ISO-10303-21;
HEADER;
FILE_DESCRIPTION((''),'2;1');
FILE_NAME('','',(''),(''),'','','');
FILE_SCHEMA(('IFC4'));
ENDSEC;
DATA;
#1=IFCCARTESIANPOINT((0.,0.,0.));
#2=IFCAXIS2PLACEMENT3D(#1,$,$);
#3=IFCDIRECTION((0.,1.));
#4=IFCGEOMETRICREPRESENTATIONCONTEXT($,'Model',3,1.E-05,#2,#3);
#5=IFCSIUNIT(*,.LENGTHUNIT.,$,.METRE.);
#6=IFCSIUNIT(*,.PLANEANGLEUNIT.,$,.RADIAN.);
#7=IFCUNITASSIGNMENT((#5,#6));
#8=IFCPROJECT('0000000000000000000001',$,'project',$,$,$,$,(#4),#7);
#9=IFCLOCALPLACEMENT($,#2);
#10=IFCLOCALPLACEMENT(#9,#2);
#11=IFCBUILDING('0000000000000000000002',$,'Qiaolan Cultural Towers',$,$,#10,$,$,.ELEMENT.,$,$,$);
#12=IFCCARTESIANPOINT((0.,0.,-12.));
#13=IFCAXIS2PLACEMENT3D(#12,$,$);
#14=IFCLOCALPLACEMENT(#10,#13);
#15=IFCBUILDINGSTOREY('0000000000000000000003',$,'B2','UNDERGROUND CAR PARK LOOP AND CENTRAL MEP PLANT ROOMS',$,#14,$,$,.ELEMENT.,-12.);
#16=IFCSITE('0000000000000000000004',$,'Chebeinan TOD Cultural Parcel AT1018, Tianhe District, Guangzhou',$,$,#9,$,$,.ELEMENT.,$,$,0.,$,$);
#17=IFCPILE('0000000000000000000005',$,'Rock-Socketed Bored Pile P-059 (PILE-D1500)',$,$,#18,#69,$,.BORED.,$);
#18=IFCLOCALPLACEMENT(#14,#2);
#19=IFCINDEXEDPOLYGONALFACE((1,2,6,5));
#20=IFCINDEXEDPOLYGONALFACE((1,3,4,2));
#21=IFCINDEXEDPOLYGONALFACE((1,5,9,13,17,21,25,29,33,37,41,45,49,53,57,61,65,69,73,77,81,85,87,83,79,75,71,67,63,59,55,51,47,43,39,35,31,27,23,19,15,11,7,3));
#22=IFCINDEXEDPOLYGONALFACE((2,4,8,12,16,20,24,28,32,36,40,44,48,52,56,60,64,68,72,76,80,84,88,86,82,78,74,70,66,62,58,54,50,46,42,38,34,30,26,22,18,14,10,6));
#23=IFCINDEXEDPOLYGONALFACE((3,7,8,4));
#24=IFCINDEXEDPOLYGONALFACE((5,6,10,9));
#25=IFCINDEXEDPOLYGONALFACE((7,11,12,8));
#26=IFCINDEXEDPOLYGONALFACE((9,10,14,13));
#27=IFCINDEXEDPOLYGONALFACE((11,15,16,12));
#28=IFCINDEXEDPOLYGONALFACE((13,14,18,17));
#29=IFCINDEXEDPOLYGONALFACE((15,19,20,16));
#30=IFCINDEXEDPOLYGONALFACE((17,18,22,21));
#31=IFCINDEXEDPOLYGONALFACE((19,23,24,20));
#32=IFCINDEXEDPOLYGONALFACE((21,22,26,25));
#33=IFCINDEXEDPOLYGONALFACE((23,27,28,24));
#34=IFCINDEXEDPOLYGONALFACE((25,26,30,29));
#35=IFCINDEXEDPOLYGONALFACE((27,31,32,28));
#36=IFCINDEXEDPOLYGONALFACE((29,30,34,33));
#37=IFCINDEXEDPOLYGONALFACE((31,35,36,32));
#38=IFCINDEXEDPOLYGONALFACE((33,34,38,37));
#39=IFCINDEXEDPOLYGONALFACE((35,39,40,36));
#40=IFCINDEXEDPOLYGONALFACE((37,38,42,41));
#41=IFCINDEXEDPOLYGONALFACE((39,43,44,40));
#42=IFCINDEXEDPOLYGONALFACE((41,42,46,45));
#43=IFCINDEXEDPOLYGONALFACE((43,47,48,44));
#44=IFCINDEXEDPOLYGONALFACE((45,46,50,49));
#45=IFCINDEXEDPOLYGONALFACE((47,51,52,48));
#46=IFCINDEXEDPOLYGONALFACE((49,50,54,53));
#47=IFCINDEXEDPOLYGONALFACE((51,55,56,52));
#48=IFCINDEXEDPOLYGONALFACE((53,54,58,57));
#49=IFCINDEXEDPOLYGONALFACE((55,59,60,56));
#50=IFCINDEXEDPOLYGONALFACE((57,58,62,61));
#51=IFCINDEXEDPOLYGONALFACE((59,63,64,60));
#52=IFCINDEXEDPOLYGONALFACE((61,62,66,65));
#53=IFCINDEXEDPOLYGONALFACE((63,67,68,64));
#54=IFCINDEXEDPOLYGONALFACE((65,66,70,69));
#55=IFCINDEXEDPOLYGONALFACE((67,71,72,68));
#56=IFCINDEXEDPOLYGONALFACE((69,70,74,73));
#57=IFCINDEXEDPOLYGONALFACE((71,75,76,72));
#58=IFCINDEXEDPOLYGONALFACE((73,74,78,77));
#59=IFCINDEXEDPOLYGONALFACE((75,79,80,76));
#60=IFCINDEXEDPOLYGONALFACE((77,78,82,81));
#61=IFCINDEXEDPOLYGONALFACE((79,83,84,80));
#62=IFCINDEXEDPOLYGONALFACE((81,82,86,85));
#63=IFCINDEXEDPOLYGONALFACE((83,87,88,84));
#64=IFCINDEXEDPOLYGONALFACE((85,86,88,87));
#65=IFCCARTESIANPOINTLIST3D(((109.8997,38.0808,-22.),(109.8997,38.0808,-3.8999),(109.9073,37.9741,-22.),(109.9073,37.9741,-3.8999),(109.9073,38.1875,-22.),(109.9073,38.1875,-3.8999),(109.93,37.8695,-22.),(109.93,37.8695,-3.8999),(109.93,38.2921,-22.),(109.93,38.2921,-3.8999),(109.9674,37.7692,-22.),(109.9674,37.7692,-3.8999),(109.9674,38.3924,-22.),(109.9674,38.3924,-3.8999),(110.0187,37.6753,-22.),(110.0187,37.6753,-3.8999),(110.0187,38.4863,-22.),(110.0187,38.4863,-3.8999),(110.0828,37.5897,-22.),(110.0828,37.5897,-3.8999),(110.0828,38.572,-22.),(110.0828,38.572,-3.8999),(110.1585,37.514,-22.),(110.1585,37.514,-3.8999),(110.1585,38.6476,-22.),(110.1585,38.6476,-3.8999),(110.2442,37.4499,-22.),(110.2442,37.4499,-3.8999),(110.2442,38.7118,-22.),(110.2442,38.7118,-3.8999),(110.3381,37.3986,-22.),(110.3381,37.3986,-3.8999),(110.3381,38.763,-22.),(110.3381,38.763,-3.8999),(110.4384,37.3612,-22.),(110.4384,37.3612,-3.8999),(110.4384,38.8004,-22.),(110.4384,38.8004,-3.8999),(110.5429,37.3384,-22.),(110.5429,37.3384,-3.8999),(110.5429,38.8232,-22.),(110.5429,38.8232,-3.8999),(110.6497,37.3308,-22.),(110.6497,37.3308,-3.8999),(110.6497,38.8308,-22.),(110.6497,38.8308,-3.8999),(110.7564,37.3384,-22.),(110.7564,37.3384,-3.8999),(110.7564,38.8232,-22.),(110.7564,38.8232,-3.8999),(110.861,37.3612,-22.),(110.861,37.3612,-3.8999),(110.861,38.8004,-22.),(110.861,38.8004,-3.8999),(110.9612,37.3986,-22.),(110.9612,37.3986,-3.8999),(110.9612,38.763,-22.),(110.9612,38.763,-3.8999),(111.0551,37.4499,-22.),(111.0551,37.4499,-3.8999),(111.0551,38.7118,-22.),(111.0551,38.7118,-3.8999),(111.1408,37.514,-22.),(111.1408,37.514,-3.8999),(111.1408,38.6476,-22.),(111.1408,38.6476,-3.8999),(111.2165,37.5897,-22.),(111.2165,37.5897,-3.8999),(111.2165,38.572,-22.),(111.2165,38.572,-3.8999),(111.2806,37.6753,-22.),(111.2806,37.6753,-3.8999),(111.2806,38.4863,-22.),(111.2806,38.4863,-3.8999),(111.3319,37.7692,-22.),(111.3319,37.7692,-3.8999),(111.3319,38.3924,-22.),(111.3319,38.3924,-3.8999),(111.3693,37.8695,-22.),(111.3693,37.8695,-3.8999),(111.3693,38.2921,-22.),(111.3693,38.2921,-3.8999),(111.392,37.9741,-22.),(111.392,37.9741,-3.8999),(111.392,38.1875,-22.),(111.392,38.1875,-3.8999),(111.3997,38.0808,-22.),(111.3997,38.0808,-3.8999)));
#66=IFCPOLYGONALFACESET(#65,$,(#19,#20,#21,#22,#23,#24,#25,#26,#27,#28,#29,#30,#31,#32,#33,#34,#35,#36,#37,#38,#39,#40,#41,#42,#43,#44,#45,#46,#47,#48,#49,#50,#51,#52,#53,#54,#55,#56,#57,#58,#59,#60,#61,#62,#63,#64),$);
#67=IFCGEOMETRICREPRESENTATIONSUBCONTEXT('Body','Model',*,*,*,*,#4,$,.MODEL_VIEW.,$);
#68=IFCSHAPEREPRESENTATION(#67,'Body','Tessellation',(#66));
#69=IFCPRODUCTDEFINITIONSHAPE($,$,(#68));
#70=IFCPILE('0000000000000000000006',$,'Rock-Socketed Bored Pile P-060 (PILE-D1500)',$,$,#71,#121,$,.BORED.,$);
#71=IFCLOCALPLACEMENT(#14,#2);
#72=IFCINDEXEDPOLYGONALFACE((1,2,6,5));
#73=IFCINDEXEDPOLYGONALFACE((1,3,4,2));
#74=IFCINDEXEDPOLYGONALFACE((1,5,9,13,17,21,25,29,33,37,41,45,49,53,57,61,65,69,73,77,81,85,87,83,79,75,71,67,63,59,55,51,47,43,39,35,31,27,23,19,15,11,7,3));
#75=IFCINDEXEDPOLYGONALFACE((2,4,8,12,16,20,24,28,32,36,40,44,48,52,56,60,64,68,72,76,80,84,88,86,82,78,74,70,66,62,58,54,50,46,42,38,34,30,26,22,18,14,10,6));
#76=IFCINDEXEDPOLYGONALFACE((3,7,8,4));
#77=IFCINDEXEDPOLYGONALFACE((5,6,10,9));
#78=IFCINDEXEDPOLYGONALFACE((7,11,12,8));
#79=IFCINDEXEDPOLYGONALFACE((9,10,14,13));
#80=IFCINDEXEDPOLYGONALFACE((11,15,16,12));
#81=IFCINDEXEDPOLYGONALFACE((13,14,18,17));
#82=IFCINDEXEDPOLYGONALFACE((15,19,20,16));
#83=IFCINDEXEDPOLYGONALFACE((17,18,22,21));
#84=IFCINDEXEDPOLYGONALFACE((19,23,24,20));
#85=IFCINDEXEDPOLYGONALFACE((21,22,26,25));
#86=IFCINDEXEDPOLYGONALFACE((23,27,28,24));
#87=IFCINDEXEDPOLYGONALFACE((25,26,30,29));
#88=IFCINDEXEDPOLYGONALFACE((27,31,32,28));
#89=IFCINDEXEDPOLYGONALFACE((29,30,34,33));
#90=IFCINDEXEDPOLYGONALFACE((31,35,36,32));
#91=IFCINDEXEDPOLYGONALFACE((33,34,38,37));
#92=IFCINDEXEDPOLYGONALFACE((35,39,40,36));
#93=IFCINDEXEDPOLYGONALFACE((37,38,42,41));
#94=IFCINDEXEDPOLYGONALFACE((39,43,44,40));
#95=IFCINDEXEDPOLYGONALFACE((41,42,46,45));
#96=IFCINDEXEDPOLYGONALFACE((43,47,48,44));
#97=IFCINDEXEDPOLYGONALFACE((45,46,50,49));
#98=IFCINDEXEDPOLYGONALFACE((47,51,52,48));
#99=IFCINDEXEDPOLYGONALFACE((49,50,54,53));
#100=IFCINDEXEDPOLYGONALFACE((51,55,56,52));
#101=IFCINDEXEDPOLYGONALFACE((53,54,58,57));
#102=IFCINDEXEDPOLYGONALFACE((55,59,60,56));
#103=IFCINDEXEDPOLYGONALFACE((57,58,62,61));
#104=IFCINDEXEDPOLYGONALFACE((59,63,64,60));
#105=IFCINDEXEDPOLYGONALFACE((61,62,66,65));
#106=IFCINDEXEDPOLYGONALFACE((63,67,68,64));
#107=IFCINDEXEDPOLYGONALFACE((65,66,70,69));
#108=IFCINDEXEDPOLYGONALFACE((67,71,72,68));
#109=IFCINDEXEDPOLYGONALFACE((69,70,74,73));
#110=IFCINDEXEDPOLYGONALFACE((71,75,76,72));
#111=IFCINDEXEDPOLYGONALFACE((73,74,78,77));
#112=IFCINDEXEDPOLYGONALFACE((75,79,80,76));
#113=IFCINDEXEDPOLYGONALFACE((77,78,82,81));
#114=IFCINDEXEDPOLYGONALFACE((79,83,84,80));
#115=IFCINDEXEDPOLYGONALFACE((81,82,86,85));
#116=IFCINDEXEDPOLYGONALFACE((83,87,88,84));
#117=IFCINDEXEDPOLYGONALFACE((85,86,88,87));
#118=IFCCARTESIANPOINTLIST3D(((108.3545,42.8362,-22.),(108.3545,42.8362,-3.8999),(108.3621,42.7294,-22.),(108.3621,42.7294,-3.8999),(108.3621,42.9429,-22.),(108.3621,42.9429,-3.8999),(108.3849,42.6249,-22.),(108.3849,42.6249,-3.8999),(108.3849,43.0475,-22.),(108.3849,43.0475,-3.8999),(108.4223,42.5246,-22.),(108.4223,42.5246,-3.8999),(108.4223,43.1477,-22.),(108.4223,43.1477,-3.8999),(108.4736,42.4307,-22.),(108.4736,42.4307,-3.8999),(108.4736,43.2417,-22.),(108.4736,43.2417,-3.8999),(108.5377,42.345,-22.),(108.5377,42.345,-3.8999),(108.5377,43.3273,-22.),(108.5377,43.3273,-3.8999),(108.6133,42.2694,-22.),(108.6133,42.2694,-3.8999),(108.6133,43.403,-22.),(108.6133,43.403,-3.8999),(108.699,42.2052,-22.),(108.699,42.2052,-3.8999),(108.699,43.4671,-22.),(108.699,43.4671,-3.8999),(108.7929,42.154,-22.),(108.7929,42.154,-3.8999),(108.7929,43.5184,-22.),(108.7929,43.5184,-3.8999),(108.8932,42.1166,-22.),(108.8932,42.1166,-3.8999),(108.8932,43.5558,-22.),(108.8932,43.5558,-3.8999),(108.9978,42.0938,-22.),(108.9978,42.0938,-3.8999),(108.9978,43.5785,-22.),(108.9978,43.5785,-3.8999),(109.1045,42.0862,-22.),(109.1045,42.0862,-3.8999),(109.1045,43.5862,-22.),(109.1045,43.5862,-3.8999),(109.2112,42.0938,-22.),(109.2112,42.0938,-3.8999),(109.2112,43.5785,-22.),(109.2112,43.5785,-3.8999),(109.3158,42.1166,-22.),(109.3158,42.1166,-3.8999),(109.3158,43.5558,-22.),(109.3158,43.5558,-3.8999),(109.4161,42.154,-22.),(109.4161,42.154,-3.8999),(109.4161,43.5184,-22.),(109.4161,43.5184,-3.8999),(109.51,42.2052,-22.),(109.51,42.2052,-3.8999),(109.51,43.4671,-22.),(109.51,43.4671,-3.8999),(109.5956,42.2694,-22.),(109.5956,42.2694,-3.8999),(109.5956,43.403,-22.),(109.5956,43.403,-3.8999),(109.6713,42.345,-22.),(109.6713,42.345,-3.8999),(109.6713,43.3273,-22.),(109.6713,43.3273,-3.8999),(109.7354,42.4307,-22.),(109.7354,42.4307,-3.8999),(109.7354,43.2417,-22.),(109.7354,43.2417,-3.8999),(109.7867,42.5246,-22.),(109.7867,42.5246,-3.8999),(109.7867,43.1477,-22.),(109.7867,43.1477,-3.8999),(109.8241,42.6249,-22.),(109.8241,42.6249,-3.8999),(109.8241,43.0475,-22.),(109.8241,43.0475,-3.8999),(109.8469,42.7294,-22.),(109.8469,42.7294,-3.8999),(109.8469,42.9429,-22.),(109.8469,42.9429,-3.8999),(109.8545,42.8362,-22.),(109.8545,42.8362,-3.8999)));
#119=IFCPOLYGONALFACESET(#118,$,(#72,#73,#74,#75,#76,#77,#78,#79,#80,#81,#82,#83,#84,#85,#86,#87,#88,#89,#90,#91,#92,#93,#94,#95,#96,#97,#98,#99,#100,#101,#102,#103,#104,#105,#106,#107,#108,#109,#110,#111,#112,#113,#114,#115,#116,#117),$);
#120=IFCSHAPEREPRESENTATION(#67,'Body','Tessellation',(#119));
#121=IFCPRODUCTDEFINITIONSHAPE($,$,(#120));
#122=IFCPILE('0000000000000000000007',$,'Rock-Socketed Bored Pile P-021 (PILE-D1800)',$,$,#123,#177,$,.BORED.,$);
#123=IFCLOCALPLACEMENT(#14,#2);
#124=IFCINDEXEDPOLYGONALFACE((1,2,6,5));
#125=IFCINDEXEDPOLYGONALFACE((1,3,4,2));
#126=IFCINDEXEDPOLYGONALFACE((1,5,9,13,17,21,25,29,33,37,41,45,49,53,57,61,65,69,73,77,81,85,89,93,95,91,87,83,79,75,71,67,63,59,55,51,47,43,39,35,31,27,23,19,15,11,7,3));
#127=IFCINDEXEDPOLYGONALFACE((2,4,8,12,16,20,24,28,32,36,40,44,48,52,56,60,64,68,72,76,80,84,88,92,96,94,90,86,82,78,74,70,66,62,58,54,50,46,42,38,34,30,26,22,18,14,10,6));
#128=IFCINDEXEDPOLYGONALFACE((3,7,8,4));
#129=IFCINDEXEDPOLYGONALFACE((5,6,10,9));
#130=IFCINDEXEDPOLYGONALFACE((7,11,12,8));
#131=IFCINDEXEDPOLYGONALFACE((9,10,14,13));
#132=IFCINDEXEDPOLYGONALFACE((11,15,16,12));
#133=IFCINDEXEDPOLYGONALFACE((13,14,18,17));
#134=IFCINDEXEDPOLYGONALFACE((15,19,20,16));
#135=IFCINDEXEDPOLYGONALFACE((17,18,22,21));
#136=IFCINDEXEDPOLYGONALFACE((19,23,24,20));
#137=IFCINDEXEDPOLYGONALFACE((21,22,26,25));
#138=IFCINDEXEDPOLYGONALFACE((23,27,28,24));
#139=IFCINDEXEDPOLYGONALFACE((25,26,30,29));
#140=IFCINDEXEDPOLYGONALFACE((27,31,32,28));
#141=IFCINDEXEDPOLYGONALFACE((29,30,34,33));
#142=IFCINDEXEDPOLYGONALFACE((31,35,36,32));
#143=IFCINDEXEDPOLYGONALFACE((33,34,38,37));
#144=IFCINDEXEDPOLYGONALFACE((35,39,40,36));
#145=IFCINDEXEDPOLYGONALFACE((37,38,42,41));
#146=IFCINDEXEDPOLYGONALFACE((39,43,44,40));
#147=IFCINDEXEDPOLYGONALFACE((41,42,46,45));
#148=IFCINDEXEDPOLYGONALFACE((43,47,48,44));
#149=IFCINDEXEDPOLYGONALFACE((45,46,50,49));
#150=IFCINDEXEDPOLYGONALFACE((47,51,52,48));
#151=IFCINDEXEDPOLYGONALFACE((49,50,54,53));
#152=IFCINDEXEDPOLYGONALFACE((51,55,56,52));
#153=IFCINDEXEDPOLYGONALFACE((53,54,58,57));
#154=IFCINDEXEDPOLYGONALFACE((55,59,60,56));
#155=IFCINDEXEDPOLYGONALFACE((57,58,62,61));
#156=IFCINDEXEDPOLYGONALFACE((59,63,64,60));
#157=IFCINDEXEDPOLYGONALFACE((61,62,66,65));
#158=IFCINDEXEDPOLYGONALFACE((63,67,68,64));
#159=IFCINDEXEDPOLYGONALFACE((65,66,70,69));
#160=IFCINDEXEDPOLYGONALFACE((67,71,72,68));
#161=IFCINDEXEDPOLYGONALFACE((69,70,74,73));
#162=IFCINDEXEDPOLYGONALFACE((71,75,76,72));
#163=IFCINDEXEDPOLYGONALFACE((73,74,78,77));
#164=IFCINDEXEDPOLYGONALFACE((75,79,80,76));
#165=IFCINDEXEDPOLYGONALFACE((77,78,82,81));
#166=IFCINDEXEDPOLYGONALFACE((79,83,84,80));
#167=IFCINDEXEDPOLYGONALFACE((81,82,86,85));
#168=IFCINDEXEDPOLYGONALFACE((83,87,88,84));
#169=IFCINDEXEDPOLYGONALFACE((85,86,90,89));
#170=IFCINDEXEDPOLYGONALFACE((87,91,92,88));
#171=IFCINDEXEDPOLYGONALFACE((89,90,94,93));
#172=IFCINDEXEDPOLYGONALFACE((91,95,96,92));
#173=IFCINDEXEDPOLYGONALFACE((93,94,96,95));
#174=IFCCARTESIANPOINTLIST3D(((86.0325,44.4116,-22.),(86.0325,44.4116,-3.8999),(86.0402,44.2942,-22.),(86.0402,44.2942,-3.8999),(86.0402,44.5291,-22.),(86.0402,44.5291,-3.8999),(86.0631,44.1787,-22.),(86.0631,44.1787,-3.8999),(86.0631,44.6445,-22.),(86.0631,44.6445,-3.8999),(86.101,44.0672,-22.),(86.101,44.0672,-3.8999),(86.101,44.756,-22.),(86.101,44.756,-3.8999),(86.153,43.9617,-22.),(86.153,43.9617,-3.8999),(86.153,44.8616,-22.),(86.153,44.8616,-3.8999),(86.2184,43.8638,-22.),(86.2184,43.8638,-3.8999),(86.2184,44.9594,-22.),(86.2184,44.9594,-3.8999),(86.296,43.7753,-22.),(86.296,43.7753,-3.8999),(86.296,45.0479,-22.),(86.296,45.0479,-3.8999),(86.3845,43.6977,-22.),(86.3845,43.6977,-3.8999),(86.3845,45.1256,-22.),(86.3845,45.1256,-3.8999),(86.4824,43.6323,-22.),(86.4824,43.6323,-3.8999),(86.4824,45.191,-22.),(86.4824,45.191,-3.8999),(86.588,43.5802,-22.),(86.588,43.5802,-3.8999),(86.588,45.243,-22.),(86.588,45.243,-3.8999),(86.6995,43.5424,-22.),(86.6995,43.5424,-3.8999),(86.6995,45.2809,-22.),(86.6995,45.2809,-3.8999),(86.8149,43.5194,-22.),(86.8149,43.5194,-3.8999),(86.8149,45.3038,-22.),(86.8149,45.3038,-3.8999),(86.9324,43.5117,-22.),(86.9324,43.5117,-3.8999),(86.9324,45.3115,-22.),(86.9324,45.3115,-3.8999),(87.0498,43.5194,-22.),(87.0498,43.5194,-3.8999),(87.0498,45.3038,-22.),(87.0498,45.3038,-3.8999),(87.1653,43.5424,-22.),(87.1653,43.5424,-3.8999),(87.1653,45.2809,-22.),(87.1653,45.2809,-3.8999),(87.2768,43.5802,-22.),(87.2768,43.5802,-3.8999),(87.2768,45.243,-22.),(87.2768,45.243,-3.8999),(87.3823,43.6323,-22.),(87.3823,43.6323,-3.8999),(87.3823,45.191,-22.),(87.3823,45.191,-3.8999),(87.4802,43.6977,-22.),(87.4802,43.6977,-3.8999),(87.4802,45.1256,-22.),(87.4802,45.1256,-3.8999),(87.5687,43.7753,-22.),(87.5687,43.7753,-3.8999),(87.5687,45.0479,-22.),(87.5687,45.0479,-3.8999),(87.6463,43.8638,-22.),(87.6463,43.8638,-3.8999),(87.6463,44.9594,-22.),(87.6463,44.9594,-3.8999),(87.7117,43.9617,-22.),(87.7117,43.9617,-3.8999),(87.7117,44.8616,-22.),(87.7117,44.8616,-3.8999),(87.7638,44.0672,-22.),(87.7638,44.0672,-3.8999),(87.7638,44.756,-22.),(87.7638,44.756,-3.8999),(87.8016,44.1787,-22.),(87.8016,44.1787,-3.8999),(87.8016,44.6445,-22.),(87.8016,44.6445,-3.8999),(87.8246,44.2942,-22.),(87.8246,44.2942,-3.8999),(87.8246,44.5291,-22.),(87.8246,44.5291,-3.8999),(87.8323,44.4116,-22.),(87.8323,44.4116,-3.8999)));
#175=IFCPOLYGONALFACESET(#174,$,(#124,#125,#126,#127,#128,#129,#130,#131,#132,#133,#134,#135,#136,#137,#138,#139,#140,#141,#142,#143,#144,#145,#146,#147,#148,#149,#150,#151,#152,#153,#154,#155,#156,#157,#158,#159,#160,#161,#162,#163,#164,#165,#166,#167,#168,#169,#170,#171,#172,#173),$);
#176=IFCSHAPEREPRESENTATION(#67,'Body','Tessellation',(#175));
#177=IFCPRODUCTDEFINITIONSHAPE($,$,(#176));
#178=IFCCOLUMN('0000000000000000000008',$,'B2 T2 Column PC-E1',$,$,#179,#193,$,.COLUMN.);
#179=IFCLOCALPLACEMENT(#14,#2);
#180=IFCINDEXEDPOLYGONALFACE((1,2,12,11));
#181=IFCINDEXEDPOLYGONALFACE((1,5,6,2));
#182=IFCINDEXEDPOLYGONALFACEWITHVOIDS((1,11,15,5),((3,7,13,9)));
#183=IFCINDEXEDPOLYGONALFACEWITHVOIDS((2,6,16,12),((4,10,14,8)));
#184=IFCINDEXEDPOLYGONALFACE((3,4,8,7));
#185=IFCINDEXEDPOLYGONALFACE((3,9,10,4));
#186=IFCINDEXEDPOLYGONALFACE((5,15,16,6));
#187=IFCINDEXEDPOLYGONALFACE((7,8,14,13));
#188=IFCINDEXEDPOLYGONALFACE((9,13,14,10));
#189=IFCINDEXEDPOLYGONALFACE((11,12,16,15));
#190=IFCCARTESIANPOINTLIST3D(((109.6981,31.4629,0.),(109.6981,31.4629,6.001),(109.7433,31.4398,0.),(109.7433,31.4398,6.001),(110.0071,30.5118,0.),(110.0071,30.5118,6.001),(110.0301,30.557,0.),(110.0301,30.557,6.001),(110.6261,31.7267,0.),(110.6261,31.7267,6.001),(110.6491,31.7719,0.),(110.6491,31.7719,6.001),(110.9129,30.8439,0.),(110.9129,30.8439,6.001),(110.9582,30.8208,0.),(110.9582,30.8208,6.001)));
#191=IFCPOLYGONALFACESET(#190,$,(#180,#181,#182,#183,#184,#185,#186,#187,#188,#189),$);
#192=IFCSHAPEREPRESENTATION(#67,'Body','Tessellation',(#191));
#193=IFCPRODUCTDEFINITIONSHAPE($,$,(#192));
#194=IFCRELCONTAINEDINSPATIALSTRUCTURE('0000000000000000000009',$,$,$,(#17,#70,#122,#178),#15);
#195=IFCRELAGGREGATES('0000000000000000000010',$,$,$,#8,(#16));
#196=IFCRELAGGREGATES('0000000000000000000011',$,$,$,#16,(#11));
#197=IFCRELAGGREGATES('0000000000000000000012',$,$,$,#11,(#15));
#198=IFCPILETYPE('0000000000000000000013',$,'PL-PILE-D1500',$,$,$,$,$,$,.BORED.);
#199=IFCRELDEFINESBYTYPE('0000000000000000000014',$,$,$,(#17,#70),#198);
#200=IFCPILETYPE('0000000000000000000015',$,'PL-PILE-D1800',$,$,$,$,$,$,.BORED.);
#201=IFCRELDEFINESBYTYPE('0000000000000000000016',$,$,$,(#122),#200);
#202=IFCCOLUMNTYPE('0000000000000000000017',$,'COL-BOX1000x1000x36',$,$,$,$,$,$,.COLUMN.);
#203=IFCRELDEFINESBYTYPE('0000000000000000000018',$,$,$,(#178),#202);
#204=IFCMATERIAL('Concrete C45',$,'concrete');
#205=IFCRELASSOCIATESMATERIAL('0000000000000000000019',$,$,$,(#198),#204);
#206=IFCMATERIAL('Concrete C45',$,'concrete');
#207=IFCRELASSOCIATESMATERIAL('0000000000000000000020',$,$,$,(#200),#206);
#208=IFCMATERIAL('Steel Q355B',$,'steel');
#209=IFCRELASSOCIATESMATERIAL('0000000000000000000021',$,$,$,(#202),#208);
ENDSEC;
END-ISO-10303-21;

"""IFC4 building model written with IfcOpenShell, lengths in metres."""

from ifc_helpers import new_model, si_unit, direction, frame, origin, origin_2d, place, context, subcontext, project, spatial, hollow_rectangle, circle, extrude, material, material_profile, profile_set, type_object, element, save


model = new_model("IFC4")

# Units and contexts
model_context = context("Model", 3, precision=1e-05, world=origin(), true_north=direction((0.0, 1.0)))
body_context = subcontext(model_context, "Body", "Model", "MODEL_VIEW")
ifc_project = project(units=[si_unit("LENGTHUNIT", "METRE"), si_unit("PLANEANGLEUNIT", "RADIAN")], contexts=[model_context])

# Site, building, storey
site_placement = place(None, origin())
site = spatial("IfcSite", under=ifc_project, at=site_placement, Name="Chebeinan TOD Cultural Parcel AT1018, Tianhe District, Guangzhou", CompositionType="ELEMENT", RefElevation=0.0)
building_placement = place(site_placement, origin())
building = spatial("IfcBuilding", under=site, at=building_placement, Name="Qiaolan Cultural Towers", CompositionType="ELEMENT")
storey_placement = place(building_placement, frame((0.0, 0.0, -12.0)))
storey = spatial("IfcBuildingStorey", under=building, at=storey_placement, Name="B2", Description="UNDERGROUND CAR PARK LOOP AND CENTRAL MEP PLANT ROOMS", CompositionType="ELEMENT", Elevation=-12.0)

# Piles
ifc_material_1 = material(Name="Concrete C45", Category="concrete")
ifc_material_profile_1 = material_profile(ifc_material_1, circle(Radius=0.75, at=origin_2d()), Name="PILE-D1500")
ifc_profile_set_1 = profile_set([ifc_material_profile_1], Name="Concrete C45")
pile_type_1 = type_object("IfcPileType", Name="PL-PILE-D1500", PredefinedType="BORED", material=ifc_profile_set_1)
for number, where, z_axis, x_axis, name in (
    (1, (110.6497, 38.0808, -3.8999), (0.0, 0.0, -1.0), (1.0, 0.0, 0.0), "Rock-Socketed Bored Pile P-059 (PILE-D1500)"),
    (2, (109.1045, 42.8362, -3.8999), (0.0, 0.0, -1.0), (1.0, 0.0, 0.0), "Rock-Socketed Bored Pile P-060 (PILE-D1500)"),
):
    element("IfcPile", number, at=place(storey_placement, frame(where, z_axis=z_axis, x_axis=x_axis)), inside=storey, type_object=pile_type_1, Name=name, PredefinedType="BORED", context=body_context, shape_type="SweptSolid", body=[
        extrude(circle(Radius=0.75, at=origin_2d()), origin(), (0.0, 0.0, 1.0), 18.1001),
    ])
ifc_material_2 = material(Name="Concrete C45", Category="concrete")
ifc_material_profile_2 = material_profile(ifc_material_2, circle(Radius=0.8999, at=origin_2d()), Name="PILE-D1800")
ifc_profile_set_2 = profile_set([ifc_material_profile_2], Name="Concrete C45")
pile_type_2 = type_object("IfcPileType", Name="PL-PILE-D1800", PredefinedType="BORED", material=ifc_profile_set_2)
pile_1_placement = place(storey_placement, frame((86.9324, 44.4116, -3.8999), z_axis=(0.0, 0.0, -1.0), x_axis=(1.0, 0.0, 0.0)))
element("IfcPile", 3, at=pile_1_placement, inside=storey, type_object=pile_type_2, Name="Rock-Socketed Bored Pile P-021 (PILE-D1800)", PredefinedType="BORED", context=body_context, shape_type="SweptSolid", body=[
    extrude(circle(Radius=0.8999, at=origin_2d()), origin(), (0.0, 0.0, 1.0), 18.1001),
])

# Column
ifc_material_3 = material(Name="Steel Q355B", Category="steel")
ifc_material_profile_3 = material_profile(ifc_material_3, hollow_rectangle(XDim=1.0, YDim=1.0, WallThickness=0.0359, at=origin_2d()), Name="BOX1000x1000x36")
ifc_profile_set_3 = profile_set([ifc_material_profile_3], Name="Steel Q355B")
column_type_1 = type_object("IfcColumnType", Name="COL-BOX1000x1000x36", PredefinedType="COLUMN", material=ifc_profile_set_3)
for number, where, z_axis, x_axis, name in (
    (4, (110.3281, 31.1418, 0.0), (0.0, 0.0, 1.0), (0.951057, 0.309017, 0.0), "B2 T2 Column PC-E1"),
):
    element("IfcColumn", number, at=place(storey_placement, frame(where, z_axis=z_axis, x_axis=x_axis)), inside=storey, type_object=column_type_1, Name=name, PredefinedType="COLUMN", context=body_context, shape_type="SweptSolid", body=[
        extrude(hollow_rectangle(XDim=1.0, YDim=1.0, WallThickness=0.0359, at=origin_2d()), origin(), (0.0, 0.0, 1.0), 6.001),
    ])

save(model, "model.ifc")
